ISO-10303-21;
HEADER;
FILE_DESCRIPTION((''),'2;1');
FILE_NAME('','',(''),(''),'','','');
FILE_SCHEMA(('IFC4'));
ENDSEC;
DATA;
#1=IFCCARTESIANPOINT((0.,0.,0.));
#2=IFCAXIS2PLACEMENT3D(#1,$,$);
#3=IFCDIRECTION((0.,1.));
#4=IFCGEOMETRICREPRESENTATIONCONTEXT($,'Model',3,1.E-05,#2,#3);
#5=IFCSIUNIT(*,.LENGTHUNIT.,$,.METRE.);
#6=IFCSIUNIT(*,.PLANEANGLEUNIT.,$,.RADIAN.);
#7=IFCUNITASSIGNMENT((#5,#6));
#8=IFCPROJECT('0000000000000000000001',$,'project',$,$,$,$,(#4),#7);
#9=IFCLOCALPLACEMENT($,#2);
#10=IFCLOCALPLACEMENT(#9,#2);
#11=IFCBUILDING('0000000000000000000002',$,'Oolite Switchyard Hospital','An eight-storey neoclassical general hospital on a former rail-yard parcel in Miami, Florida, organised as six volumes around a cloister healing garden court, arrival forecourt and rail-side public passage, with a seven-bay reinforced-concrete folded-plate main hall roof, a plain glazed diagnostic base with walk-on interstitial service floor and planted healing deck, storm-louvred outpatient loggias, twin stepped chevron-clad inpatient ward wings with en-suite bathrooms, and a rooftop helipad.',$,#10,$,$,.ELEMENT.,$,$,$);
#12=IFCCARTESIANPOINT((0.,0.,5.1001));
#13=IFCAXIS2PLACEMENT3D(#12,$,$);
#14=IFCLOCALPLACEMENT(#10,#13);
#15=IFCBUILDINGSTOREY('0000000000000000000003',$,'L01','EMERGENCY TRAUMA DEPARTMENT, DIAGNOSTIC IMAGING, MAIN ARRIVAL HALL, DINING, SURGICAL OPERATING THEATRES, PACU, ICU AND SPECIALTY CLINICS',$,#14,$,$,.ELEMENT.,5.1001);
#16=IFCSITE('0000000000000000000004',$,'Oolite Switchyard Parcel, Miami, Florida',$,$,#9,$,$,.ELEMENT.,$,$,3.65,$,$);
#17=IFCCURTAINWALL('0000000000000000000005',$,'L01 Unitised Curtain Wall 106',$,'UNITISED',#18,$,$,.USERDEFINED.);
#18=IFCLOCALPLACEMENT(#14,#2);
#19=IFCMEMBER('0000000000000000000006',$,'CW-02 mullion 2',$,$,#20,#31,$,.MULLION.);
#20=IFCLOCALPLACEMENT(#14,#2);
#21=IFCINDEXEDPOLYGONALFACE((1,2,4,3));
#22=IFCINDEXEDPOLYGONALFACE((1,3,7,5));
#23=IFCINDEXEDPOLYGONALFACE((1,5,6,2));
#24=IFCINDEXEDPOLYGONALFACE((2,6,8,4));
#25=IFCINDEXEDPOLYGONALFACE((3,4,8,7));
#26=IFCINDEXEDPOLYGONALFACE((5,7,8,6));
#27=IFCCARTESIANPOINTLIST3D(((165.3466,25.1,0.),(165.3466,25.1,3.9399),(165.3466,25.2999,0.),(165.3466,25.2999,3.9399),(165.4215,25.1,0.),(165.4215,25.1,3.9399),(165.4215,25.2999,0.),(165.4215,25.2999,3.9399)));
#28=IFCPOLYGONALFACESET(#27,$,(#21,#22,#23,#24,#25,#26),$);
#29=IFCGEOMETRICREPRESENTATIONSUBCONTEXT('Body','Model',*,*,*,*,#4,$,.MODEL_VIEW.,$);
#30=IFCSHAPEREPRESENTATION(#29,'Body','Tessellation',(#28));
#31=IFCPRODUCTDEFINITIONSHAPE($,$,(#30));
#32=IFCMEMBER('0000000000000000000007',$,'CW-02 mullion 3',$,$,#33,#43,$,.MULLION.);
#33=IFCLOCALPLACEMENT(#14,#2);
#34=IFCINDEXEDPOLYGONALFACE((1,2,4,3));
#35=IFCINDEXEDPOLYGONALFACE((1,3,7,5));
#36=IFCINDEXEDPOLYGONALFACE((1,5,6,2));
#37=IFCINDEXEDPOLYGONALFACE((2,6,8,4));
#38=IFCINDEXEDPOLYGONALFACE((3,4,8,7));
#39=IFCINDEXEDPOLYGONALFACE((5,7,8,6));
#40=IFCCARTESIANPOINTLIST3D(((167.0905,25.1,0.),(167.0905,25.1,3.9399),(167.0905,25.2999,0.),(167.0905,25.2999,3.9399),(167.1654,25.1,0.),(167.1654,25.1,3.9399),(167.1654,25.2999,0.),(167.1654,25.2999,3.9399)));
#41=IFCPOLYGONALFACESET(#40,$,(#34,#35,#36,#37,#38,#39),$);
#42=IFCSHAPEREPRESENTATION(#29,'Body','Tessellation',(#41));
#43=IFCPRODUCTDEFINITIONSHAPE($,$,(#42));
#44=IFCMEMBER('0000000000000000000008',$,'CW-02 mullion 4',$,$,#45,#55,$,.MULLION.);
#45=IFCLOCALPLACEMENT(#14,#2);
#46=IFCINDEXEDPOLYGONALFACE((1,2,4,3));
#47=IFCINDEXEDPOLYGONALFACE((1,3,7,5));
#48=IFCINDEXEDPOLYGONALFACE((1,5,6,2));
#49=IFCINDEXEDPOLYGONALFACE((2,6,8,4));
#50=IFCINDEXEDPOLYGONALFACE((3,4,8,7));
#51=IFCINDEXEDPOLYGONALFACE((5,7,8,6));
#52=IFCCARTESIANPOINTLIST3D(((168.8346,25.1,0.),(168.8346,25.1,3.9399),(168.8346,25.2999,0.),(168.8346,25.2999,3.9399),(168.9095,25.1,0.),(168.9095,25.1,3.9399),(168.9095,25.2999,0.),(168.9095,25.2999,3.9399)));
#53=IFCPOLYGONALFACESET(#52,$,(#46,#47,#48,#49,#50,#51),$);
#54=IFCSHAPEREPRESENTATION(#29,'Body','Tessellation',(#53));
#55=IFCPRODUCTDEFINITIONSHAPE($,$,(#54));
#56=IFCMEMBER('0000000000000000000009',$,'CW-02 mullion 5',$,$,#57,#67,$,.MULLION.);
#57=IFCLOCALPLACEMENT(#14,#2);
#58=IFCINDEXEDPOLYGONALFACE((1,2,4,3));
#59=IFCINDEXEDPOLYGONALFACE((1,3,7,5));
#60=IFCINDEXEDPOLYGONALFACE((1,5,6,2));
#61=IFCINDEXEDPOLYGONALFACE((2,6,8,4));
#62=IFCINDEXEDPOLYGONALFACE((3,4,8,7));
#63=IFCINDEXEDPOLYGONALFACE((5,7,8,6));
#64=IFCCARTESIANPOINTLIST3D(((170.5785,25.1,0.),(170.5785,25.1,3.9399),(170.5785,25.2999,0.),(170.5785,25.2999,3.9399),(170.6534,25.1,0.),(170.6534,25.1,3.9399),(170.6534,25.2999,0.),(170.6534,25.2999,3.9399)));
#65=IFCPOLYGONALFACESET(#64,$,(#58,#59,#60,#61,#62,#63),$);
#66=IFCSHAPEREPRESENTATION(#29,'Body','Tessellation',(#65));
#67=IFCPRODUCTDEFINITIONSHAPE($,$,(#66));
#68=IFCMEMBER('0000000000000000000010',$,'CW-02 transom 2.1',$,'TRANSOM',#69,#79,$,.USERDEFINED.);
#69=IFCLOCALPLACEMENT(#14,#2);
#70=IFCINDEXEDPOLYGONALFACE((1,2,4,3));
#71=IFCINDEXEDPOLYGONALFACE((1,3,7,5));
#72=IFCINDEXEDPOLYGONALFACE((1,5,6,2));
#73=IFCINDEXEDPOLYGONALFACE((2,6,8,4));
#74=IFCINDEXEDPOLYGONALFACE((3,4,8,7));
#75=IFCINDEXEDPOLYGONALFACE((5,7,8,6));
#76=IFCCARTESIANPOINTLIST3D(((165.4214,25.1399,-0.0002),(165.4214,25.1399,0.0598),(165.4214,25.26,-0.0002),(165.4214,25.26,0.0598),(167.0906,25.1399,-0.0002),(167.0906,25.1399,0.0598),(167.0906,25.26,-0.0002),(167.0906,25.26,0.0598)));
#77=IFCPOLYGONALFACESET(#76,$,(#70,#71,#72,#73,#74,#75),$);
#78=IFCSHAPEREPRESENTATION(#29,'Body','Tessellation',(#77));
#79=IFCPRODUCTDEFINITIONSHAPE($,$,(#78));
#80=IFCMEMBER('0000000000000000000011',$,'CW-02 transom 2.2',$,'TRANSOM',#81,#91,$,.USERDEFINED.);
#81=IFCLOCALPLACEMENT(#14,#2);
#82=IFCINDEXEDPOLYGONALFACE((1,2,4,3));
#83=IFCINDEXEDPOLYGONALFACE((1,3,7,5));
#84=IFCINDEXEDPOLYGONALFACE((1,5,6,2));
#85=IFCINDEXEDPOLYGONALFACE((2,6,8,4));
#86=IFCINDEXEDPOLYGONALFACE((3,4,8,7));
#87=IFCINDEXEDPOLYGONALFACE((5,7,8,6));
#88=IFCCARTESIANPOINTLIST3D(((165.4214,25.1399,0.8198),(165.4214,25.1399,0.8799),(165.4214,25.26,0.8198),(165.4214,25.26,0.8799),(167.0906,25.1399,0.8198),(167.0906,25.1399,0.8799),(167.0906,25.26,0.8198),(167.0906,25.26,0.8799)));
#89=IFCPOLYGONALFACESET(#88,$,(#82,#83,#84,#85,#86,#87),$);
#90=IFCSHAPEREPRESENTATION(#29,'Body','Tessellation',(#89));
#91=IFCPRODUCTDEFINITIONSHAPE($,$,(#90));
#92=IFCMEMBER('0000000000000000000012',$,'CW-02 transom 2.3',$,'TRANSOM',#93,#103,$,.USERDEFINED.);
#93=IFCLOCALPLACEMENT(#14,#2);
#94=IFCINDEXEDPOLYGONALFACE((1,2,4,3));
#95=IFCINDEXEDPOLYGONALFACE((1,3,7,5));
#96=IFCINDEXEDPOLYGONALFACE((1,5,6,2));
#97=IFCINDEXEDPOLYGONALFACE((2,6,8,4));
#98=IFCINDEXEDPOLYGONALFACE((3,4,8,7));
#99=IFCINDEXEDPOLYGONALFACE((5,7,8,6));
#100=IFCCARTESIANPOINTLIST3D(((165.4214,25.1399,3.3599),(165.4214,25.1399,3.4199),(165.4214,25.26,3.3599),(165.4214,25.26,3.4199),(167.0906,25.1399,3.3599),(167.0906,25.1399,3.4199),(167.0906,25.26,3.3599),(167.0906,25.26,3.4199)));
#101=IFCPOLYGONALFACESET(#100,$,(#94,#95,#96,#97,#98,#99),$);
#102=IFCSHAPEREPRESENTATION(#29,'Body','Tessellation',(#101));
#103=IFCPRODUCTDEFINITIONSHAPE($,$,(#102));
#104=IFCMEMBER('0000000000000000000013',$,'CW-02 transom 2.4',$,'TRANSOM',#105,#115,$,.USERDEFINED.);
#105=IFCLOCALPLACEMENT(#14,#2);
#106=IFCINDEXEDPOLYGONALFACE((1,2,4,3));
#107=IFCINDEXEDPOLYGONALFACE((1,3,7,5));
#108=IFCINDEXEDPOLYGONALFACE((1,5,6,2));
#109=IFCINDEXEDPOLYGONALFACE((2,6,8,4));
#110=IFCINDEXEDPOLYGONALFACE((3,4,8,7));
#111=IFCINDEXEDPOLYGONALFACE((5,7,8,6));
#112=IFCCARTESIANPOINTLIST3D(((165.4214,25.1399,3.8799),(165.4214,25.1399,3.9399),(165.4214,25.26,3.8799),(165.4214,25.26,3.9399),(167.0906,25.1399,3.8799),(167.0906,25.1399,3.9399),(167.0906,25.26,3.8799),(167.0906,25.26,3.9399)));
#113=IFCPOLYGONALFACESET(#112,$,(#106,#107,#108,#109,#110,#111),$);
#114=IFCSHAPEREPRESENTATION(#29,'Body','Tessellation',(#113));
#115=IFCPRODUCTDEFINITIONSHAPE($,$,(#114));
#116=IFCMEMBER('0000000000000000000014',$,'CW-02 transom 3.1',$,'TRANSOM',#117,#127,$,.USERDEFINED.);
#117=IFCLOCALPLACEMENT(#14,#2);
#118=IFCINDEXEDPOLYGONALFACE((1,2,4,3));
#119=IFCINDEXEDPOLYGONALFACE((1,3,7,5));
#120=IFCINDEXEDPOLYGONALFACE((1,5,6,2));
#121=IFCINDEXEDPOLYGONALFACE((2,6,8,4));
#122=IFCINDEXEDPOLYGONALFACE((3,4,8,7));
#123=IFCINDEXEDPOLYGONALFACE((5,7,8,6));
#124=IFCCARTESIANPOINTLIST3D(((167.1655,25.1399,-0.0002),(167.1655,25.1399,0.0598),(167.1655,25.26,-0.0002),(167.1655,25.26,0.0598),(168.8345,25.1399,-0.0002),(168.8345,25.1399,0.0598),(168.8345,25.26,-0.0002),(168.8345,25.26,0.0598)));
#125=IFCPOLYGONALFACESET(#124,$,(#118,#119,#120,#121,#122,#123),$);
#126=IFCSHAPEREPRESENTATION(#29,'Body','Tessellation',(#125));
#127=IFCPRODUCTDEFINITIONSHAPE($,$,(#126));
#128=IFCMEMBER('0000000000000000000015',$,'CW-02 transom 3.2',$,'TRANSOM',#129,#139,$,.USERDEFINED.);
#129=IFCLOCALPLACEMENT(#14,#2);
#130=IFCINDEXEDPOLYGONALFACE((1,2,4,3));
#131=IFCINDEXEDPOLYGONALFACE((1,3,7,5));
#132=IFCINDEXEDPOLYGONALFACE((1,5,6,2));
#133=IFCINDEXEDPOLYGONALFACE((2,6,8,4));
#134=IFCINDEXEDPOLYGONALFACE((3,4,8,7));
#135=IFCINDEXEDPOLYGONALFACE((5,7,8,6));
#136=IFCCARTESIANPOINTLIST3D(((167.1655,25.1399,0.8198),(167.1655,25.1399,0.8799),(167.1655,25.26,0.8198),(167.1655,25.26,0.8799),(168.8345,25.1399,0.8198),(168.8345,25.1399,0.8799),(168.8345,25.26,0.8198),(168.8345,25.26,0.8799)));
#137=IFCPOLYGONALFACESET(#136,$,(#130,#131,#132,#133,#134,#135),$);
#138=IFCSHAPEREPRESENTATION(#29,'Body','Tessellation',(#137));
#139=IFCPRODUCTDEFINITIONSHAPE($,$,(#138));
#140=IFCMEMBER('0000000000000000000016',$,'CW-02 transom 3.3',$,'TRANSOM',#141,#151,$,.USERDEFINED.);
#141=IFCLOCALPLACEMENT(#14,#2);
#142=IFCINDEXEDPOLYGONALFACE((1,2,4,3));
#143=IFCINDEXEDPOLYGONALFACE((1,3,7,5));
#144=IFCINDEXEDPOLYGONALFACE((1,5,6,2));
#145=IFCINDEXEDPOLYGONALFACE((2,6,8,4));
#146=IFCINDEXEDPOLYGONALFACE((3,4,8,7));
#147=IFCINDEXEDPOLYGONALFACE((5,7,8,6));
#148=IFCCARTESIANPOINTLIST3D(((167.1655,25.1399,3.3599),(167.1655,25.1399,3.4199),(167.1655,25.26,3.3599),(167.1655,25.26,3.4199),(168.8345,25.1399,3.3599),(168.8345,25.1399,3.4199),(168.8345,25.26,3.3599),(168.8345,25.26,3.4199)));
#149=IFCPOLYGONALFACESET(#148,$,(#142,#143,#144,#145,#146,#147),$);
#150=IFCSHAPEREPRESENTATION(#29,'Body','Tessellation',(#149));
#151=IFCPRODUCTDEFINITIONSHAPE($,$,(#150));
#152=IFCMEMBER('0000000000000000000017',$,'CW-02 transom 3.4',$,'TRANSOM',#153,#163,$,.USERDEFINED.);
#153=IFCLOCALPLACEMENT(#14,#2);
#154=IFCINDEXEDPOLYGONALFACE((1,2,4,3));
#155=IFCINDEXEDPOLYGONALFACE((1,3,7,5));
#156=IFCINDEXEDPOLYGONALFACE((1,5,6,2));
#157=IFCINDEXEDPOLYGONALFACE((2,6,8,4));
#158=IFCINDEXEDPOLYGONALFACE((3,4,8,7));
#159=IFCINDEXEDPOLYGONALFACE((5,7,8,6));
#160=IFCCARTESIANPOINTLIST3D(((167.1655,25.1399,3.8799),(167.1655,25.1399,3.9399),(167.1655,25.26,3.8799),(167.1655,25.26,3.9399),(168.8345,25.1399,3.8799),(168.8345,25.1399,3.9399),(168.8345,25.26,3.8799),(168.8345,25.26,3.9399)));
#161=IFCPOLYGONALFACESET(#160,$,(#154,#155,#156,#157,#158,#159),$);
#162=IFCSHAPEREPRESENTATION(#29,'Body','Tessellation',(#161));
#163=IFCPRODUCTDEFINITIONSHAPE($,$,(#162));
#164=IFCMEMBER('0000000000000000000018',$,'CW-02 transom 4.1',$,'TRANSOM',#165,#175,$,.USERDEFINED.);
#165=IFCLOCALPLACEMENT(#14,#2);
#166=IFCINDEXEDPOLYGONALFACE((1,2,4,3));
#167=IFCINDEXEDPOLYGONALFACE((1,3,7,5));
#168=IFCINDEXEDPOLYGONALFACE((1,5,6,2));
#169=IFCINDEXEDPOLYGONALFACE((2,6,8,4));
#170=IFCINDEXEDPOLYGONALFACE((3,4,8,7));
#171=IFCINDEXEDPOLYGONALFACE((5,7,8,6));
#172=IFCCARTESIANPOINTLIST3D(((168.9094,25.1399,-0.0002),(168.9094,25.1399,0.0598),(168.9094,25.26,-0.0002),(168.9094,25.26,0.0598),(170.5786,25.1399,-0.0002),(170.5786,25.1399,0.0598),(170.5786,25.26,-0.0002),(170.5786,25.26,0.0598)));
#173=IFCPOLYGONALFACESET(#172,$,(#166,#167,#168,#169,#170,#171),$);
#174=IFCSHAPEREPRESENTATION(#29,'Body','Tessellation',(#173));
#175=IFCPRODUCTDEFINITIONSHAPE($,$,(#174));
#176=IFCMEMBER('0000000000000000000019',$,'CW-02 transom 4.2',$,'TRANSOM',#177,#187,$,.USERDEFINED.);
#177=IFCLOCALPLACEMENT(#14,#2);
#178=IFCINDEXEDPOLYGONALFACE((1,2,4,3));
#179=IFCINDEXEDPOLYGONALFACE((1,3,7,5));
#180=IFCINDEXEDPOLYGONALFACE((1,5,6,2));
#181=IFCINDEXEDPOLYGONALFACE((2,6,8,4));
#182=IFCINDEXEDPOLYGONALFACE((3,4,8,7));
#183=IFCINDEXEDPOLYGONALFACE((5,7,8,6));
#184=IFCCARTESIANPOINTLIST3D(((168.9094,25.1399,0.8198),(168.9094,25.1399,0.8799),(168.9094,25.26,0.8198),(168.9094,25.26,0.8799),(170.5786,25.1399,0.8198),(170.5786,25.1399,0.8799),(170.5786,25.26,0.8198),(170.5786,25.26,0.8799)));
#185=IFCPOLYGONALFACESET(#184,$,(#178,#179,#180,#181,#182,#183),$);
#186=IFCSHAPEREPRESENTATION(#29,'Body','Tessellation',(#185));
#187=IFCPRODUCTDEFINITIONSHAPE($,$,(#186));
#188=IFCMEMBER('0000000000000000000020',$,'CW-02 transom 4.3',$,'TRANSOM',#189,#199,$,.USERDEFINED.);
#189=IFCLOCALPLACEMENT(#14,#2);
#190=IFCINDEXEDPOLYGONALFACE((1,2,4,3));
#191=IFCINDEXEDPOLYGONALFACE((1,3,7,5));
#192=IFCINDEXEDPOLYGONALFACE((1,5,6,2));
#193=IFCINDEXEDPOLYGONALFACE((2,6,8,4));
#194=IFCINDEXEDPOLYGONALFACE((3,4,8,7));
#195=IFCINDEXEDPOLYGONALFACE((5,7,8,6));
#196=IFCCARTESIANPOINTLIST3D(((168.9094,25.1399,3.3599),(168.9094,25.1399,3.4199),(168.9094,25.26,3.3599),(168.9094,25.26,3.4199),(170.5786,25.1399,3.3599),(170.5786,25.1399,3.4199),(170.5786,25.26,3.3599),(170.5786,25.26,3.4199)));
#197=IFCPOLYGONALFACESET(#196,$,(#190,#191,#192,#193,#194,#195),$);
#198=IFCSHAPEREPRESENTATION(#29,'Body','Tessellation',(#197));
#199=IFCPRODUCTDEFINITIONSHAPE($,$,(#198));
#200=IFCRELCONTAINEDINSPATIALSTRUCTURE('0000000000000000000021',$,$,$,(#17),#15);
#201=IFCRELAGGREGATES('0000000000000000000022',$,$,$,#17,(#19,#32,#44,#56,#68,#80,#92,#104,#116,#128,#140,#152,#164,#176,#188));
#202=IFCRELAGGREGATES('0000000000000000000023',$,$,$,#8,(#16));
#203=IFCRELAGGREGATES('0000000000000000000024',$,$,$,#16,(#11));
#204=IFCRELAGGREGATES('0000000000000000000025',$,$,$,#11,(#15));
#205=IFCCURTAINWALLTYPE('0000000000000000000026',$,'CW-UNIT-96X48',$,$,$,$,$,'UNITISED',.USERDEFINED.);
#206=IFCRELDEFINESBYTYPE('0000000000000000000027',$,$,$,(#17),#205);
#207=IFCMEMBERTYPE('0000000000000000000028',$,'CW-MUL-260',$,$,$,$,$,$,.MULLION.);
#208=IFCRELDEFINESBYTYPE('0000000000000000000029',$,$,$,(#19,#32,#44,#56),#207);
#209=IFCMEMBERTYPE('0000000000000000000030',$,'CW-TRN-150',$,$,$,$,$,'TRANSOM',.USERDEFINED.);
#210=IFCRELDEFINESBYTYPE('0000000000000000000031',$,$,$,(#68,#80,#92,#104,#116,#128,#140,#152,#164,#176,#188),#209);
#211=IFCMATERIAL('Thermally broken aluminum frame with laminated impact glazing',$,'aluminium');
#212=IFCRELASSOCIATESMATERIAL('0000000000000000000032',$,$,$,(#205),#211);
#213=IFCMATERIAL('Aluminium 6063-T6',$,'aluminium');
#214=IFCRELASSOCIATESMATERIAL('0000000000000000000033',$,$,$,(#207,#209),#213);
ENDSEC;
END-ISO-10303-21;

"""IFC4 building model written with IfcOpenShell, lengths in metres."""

from ifc_helpers import new_model, si_unit, direction, frame, origin, origin_2d, place, context, subcontext, project, spatial, rectangle, extrude, material, material_profile, profile_set, type_object, element, aggregate, save


model = new_model("IFC4")

# Units and contexts
model_context = context("Model", 3, precision=1e-05, world=origin(), true_north=direction((0.0, 1.0)))
body_context = subcontext(model_context, "Body", "Model", "MODEL_VIEW")
ifc_project = project(units=[si_unit("LENGTHUNIT", "METRE"), si_unit("PLANEANGLEUNIT", "RADIAN")], contexts=[model_context])

# Site, building, storey
site_placement = place(None, origin())
site = spatial("IfcSite", under=ifc_project, at=site_placement, Name="Oolite Switchyard Parcel, Miami, Florida", CompositionType="ELEMENT", RefElevation=3.65)
building_placement = place(site_placement, origin())
building = spatial("IfcBuilding", under=site, at=building_placement, Name="Oolite Switchyard Hospital", Description="An eight-storey neoclassical general hospital on a former rail-yard parcel in Miami, Florida, organised as six volumes around a cloister healing garden court, arrival forecourt and rail-side public passage, with a seven-bay reinforced-concrete folded-plate main hall roof, a plain glazed diagnostic base with walk-on interstitial service floor and planted healing deck, storm-louvred outpatient loggias, twin stepped chevron-clad inpatient ward wings with en-suite bathrooms, and a rooftop helipad.", CompositionType="ELEMENT")
storey_placement = place(building_placement, frame((0.0, 0.0, 5.1001)))
storey = spatial("IfcBuildingStorey", under=building, at=storey_placement, Name="L01", Description="EMERGENCY TRAUMA DEPARTMENT, DIAGNOSTIC IMAGING, MAIN ARRIVAL HALL, DINING, SURGICAL OPERATING THEATRES, PACU, ICU AND SPECIALTY CLINICS", CompositionType="ELEMENT", Elevation=5.1001)

# Curtain wall, members
ifc_material_1 = material(Name="Thermally broken aluminum frame with laminated impact glazing", Category="aluminium")
curtain_wall_type = type_object("IfcCurtainWallType", Name="CW-UNIT-96X48", ElementType="UNITISED", PredefinedType="USERDEFINED", material=ifc_material_1)
curtain_wall_placement = place(storey_placement, origin())
curtain_wall = element("IfcCurtainWall", 1, at=curtain_wall_placement, inside=storey, type_object=curtain_wall_type, Name="L01 Unitised Curtain Wall 106", ObjectType="UNITISED", PredefinedType="USERDEFINED")
ifc_material_2 = material(Name="Aluminium 6063-T6", Category="aluminium")
ifc_material_profile_1 = material_profile(ifc_material_2, rectangle(XDim=0.2, YDim=0.075, at=origin_2d()), Name="CWM75X200")
ifc_profile_set_1 = profile_set([ifc_material_profile_1], Name="Aluminium 6063-T6")
member_type_1 = type_object("IfcMemberType", Name="CW-MUL-260", PredefinedType="MULLION", material=ifc_profile_set_1)
member_1_placement = place(storey_placement, frame((165.384, 25.2, 0.0), z_axis=(0.0, 0.0, 1.0), x_axis=(0.0, 1.0, 0.0)))
member_1 = element("IfcMember", 2, at=member_1_placement, type_object=member_type_1, Name="CW-02 mullion 2", PredefinedType="MULLION", context=body_context, shape_type="SweptSolid", body=[
    extrude(rectangle(XDim=0.2, YDim=0.075, at=origin_2d()), origin(), (0.0, 0.0, 1.0), 3.9399),
])
member_2_placement = place(storey_placement, frame((167.1279, 25.2, 0.0), z_axis=(0.0, 0.0, 1.0), x_axis=(0.0, 1.0, 0.0)))
member_2 = element("IfcMember", 3, at=member_2_placement, type_object=member_type_1, Name="CW-02 mullion 3", PredefinedType="MULLION", context=body_context, shape_type="SweptSolid", body=[
    extrude(rectangle(XDim=0.2, YDim=0.075, at=origin_2d()), origin(), (0.0, 0.0, 1.0), 3.9399),
])
member_3_placement = place(storey_placement, frame((168.8721, 25.2, 0.0), z_axis=(0.0, 0.0, 1.0), x_axis=(0.0, 1.0, 0.0)))
member_3 = element("IfcMember", 4, at=member_3_placement, type_object=member_type_1, Name="CW-02 mullion 4", PredefinedType="MULLION", context=body_context, shape_type="SweptSolid", body=[
    extrude(rectangle(XDim=0.2, YDim=0.075, at=origin_2d()), origin(), (0.0, 0.0, 1.0), 3.9399),
])
member_4_placement = place(storey_placement, frame((170.616, 25.2, 0.0), z_axis=(0.0, 0.0, 1.0), x_axis=(0.0, 1.0, 0.0)))
member_4 = element("IfcMember", 5, at=member_4_placement, type_object=member_type_1, Name="CW-02 mullion 5", PredefinedType="MULLION", context=body_context, shape_type="SweptSolid", body=[
    extrude(rectangle(XDim=0.2, YDim=0.075, at=origin_2d()), origin(), (0.0, 0.0, 1.0), 3.9399),
])
ifc_material_profile_2 = material_profile(ifc_material_2, rectangle(XDim=0.1201, YDim=0.0601, at=origin_2d()), Name="CWT60X120")
ifc_profile_set_2 = profile_set([ifc_material_profile_2], Name="Aluminium 6063-T6")
member_type_2 = type_object("IfcMemberType", Name="CW-TRN-150", ElementType="TRANSOM", PredefinedType="USERDEFINED", material=ifc_profile_set_2)
member_5_placement = place(storey_placement, frame((165.4214, 25.2, 0.0298), z_axis=(1.0, 0.0, 0.0), x_axis=(0.0, 1.0, 0.0)))
member_5 = element("IfcMember", 6, at=member_5_placement, type_object=member_type_2, Name="CW-02 transom 2.1", ObjectType="TRANSOM", PredefinedType="USERDEFINED", context=body_context, shape_type="SweptSolid", body=[
    extrude(rectangle(XDim=0.1201, YDim=0.0601, at=origin_2d()), origin(), (0.0, 0.0, 1.0), 1.6692),
])
member_6_placement = place(storey_placement, frame((165.4214, 25.2, 0.8499), z_axis=(1.0, 0.0, 0.0), x_axis=(0.0, 1.0, 0.0)))
member_6 = element("IfcMember", 7, at=member_6_placement, type_object=member_type_2, Name="CW-02 transom 2.2", ObjectType="TRANSOM", PredefinedType="USERDEFINED", context=body_context, shape_type="SweptSolid", body=[
    extrude(rectangle(XDim=0.1201, YDim=0.0601, at=origin_2d()), origin(), (0.0, 0.0, 1.0), 1.6692),
])
member_7_placement = place(storey_placement, frame((165.4214, 25.2, 3.3899), z_axis=(1.0, 0.0, 0.0), x_axis=(0.0, 1.0, 0.0)))
member_7 = element("IfcMember", 8, at=member_7_placement, type_object=member_type_2, Name="CW-02 transom 2.3", ObjectType="TRANSOM", PredefinedType="USERDEFINED", context=body_context, shape_type="SweptSolid", body=[
    extrude(rectangle(XDim=0.1201, YDim=0.0601, at=origin_2d()), origin(), (0.0, 0.0, 1.0), 1.6692),
])
member_8_placement = place(storey_placement, frame((165.4214, 25.2, 3.9099), z_axis=(1.0, 0.0, 0.0), x_axis=(0.0, 1.0, 0.0)))
member_8 = element("IfcMember", 9, at=member_8_placement, type_object=member_type_2, Name="CW-02 transom 2.4", ObjectType="TRANSOM", PredefinedType="USERDEFINED", context=body_context, shape_type="SweptSolid", body=[
    extrude(rectangle(XDim=0.1201, YDim=0.0601, at=origin_2d()), origin(), (0.0, 0.0, 1.0), 1.6692),
])
member_9_placement = place(storey_placement, frame((167.1655, 25.2, 0.0298), z_axis=(1.0, 0.0, 0.0), x_axis=(0.0, 1.0, 0.0)))
member_9 = element("IfcMember", 10, at=member_9_placement, type_object=member_type_2, Name="CW-02 transom 3.1", ObjectType="TRANSOM", PredefinedType="USERDEFINED", context=body_context, shape_type="SweptSolid", body=[
    extrude(rectangle(XDim=0.1201, YDim=0.0601, at=origin_2d()), origin(), (0.0, 0.0, 1.0), 1.6689),
])
member_10_placement = place(storey_placement, frame((167.1655, 25.2, 0.8499), z_axis=(1.0, 0.0, 0.0), x_axis=(0.0, 1.0, 0.0)))
member_10 = element("IfcMember", 11, at=member_10_placement, type_object=member_type_2, Name="CW-02 transom 3.2", ObjectType="TRANSOM", PredefinedType="USERDEFINED", context=body_context, shape_type="SweptSolid", body=[
    extrude(rectangle(XDim=0.1201, YDim=0.0601, at=origin_2d()), origin(), (0.0, 0.0, 1.0), 1.6689),
])
member_11_placement = place(storey_placement, frame((167.1655, 25.2, 3.3899), z_axis=(1.0, 0.0, 0.0), x_axis=(0.0, 1.0, 0.0)))
member_11 = element("IfcMember", 12, at=member_11_placement, type_object=member_type_2, Name="CW-02 transom 3.3", ObjectType="TRANSOM", PredefinedType="USERDEFINED", context=body_context, shape_type="SweptSolid", body=[
    extrude(rectangle(XDim=0.1201, YDim=0.0601, at=origin_2d()), origin(), (0.0, 0.0, 1.0), 1.6689),
])
member_12_placement = place(storey_placement, frame((167.1655, 25.2, 3.9099), z_axis=(1.0, 0.0, 0.0), x_axis=(0.0, 1.0, 0.0)))
member_12 = element("IfcMember", 13, at=member_12_placement, type_object=member_type_2, Name="CW-02 transom 3.4", ObjectType="TRANSOM", PredefinedType="USERDEFINED", context=body_context, shape_type="SweptSolid", body=[
    extrude(rectangle(XDim=0.1201, YDim=0.0601, at=origin_2d()), origin(), (0.0, 0.0, 1.0), 1.6689),
])
member_13_placement = place(storey_placement, frame((168.9094, 25.2, 0.0298), z_axis=(1.0, 0.0, 0.0), x_axis=(0.0, 1.0, 0.0)))
member_13 = element("IfcMember", 14, at=member_13_placement, type_object=member_type_2, Name="CW-02 transom 4.1", ObjectType="TRANSOM", PredefinedType="USERDEFINED", context=body_context, shape_type="SweptSolid", body=[
    extrude(rectangle(XDim=0.1201, YDim=0.0601, at=origin_2d()), origin(), (0.0, 0.0, 1.0), 1.6692),
])
member_14_placement = place(storey_placement, frame((168.9094, 25.2, 0.8499), z_axis=(1.0, 0.0, 0.0), x_axis=(0.0, 1.0, 0.0)))
member_14 = element("IfcMember", 15, at=member_14_placement, type_object=member_type_2, Name="CW-02 transom 4.2", ObjectType="TRANSOM", PredefinedType="USERDEFINED", context=body_context, shape_type="SweptSolid", body=[
    extrude(rectangle(XDim=0.1201, YDim=0.0601, at=origin_2d()), origin(), (0.0, 0.0, 1.0), 1.6692),
])
member_15_placement = place(storey_placement, frame((168.9094, 25.2, 3.3899), z_axis=(1.0, 0.0, 0.0), x_axis=(0.0, 1.0, 0.0)))
member_15 = element("IfcMember", 16, at=member_15_placement, type_object=member_type_2, Name="CW-02 transom 4.3", ObjectType="TRANSOM", PredefinedType="USERDEFINED", context=body_context, shape_type="SweptSolid", body=[
    extrude(rectangle(XDim=0.1201, YDim=0.0601, at=origin_2d()), origin(), (0.0, 0.0, 1.0), 1.6692),
])
aggregate(curtain_wall, [member_1, member_2, member_3, member_4, member_5, member_6, member_7, member_8, member_9, member_10, member_11, member_12, member_13, member_14, member_15])

save(model, "model.ifc")
